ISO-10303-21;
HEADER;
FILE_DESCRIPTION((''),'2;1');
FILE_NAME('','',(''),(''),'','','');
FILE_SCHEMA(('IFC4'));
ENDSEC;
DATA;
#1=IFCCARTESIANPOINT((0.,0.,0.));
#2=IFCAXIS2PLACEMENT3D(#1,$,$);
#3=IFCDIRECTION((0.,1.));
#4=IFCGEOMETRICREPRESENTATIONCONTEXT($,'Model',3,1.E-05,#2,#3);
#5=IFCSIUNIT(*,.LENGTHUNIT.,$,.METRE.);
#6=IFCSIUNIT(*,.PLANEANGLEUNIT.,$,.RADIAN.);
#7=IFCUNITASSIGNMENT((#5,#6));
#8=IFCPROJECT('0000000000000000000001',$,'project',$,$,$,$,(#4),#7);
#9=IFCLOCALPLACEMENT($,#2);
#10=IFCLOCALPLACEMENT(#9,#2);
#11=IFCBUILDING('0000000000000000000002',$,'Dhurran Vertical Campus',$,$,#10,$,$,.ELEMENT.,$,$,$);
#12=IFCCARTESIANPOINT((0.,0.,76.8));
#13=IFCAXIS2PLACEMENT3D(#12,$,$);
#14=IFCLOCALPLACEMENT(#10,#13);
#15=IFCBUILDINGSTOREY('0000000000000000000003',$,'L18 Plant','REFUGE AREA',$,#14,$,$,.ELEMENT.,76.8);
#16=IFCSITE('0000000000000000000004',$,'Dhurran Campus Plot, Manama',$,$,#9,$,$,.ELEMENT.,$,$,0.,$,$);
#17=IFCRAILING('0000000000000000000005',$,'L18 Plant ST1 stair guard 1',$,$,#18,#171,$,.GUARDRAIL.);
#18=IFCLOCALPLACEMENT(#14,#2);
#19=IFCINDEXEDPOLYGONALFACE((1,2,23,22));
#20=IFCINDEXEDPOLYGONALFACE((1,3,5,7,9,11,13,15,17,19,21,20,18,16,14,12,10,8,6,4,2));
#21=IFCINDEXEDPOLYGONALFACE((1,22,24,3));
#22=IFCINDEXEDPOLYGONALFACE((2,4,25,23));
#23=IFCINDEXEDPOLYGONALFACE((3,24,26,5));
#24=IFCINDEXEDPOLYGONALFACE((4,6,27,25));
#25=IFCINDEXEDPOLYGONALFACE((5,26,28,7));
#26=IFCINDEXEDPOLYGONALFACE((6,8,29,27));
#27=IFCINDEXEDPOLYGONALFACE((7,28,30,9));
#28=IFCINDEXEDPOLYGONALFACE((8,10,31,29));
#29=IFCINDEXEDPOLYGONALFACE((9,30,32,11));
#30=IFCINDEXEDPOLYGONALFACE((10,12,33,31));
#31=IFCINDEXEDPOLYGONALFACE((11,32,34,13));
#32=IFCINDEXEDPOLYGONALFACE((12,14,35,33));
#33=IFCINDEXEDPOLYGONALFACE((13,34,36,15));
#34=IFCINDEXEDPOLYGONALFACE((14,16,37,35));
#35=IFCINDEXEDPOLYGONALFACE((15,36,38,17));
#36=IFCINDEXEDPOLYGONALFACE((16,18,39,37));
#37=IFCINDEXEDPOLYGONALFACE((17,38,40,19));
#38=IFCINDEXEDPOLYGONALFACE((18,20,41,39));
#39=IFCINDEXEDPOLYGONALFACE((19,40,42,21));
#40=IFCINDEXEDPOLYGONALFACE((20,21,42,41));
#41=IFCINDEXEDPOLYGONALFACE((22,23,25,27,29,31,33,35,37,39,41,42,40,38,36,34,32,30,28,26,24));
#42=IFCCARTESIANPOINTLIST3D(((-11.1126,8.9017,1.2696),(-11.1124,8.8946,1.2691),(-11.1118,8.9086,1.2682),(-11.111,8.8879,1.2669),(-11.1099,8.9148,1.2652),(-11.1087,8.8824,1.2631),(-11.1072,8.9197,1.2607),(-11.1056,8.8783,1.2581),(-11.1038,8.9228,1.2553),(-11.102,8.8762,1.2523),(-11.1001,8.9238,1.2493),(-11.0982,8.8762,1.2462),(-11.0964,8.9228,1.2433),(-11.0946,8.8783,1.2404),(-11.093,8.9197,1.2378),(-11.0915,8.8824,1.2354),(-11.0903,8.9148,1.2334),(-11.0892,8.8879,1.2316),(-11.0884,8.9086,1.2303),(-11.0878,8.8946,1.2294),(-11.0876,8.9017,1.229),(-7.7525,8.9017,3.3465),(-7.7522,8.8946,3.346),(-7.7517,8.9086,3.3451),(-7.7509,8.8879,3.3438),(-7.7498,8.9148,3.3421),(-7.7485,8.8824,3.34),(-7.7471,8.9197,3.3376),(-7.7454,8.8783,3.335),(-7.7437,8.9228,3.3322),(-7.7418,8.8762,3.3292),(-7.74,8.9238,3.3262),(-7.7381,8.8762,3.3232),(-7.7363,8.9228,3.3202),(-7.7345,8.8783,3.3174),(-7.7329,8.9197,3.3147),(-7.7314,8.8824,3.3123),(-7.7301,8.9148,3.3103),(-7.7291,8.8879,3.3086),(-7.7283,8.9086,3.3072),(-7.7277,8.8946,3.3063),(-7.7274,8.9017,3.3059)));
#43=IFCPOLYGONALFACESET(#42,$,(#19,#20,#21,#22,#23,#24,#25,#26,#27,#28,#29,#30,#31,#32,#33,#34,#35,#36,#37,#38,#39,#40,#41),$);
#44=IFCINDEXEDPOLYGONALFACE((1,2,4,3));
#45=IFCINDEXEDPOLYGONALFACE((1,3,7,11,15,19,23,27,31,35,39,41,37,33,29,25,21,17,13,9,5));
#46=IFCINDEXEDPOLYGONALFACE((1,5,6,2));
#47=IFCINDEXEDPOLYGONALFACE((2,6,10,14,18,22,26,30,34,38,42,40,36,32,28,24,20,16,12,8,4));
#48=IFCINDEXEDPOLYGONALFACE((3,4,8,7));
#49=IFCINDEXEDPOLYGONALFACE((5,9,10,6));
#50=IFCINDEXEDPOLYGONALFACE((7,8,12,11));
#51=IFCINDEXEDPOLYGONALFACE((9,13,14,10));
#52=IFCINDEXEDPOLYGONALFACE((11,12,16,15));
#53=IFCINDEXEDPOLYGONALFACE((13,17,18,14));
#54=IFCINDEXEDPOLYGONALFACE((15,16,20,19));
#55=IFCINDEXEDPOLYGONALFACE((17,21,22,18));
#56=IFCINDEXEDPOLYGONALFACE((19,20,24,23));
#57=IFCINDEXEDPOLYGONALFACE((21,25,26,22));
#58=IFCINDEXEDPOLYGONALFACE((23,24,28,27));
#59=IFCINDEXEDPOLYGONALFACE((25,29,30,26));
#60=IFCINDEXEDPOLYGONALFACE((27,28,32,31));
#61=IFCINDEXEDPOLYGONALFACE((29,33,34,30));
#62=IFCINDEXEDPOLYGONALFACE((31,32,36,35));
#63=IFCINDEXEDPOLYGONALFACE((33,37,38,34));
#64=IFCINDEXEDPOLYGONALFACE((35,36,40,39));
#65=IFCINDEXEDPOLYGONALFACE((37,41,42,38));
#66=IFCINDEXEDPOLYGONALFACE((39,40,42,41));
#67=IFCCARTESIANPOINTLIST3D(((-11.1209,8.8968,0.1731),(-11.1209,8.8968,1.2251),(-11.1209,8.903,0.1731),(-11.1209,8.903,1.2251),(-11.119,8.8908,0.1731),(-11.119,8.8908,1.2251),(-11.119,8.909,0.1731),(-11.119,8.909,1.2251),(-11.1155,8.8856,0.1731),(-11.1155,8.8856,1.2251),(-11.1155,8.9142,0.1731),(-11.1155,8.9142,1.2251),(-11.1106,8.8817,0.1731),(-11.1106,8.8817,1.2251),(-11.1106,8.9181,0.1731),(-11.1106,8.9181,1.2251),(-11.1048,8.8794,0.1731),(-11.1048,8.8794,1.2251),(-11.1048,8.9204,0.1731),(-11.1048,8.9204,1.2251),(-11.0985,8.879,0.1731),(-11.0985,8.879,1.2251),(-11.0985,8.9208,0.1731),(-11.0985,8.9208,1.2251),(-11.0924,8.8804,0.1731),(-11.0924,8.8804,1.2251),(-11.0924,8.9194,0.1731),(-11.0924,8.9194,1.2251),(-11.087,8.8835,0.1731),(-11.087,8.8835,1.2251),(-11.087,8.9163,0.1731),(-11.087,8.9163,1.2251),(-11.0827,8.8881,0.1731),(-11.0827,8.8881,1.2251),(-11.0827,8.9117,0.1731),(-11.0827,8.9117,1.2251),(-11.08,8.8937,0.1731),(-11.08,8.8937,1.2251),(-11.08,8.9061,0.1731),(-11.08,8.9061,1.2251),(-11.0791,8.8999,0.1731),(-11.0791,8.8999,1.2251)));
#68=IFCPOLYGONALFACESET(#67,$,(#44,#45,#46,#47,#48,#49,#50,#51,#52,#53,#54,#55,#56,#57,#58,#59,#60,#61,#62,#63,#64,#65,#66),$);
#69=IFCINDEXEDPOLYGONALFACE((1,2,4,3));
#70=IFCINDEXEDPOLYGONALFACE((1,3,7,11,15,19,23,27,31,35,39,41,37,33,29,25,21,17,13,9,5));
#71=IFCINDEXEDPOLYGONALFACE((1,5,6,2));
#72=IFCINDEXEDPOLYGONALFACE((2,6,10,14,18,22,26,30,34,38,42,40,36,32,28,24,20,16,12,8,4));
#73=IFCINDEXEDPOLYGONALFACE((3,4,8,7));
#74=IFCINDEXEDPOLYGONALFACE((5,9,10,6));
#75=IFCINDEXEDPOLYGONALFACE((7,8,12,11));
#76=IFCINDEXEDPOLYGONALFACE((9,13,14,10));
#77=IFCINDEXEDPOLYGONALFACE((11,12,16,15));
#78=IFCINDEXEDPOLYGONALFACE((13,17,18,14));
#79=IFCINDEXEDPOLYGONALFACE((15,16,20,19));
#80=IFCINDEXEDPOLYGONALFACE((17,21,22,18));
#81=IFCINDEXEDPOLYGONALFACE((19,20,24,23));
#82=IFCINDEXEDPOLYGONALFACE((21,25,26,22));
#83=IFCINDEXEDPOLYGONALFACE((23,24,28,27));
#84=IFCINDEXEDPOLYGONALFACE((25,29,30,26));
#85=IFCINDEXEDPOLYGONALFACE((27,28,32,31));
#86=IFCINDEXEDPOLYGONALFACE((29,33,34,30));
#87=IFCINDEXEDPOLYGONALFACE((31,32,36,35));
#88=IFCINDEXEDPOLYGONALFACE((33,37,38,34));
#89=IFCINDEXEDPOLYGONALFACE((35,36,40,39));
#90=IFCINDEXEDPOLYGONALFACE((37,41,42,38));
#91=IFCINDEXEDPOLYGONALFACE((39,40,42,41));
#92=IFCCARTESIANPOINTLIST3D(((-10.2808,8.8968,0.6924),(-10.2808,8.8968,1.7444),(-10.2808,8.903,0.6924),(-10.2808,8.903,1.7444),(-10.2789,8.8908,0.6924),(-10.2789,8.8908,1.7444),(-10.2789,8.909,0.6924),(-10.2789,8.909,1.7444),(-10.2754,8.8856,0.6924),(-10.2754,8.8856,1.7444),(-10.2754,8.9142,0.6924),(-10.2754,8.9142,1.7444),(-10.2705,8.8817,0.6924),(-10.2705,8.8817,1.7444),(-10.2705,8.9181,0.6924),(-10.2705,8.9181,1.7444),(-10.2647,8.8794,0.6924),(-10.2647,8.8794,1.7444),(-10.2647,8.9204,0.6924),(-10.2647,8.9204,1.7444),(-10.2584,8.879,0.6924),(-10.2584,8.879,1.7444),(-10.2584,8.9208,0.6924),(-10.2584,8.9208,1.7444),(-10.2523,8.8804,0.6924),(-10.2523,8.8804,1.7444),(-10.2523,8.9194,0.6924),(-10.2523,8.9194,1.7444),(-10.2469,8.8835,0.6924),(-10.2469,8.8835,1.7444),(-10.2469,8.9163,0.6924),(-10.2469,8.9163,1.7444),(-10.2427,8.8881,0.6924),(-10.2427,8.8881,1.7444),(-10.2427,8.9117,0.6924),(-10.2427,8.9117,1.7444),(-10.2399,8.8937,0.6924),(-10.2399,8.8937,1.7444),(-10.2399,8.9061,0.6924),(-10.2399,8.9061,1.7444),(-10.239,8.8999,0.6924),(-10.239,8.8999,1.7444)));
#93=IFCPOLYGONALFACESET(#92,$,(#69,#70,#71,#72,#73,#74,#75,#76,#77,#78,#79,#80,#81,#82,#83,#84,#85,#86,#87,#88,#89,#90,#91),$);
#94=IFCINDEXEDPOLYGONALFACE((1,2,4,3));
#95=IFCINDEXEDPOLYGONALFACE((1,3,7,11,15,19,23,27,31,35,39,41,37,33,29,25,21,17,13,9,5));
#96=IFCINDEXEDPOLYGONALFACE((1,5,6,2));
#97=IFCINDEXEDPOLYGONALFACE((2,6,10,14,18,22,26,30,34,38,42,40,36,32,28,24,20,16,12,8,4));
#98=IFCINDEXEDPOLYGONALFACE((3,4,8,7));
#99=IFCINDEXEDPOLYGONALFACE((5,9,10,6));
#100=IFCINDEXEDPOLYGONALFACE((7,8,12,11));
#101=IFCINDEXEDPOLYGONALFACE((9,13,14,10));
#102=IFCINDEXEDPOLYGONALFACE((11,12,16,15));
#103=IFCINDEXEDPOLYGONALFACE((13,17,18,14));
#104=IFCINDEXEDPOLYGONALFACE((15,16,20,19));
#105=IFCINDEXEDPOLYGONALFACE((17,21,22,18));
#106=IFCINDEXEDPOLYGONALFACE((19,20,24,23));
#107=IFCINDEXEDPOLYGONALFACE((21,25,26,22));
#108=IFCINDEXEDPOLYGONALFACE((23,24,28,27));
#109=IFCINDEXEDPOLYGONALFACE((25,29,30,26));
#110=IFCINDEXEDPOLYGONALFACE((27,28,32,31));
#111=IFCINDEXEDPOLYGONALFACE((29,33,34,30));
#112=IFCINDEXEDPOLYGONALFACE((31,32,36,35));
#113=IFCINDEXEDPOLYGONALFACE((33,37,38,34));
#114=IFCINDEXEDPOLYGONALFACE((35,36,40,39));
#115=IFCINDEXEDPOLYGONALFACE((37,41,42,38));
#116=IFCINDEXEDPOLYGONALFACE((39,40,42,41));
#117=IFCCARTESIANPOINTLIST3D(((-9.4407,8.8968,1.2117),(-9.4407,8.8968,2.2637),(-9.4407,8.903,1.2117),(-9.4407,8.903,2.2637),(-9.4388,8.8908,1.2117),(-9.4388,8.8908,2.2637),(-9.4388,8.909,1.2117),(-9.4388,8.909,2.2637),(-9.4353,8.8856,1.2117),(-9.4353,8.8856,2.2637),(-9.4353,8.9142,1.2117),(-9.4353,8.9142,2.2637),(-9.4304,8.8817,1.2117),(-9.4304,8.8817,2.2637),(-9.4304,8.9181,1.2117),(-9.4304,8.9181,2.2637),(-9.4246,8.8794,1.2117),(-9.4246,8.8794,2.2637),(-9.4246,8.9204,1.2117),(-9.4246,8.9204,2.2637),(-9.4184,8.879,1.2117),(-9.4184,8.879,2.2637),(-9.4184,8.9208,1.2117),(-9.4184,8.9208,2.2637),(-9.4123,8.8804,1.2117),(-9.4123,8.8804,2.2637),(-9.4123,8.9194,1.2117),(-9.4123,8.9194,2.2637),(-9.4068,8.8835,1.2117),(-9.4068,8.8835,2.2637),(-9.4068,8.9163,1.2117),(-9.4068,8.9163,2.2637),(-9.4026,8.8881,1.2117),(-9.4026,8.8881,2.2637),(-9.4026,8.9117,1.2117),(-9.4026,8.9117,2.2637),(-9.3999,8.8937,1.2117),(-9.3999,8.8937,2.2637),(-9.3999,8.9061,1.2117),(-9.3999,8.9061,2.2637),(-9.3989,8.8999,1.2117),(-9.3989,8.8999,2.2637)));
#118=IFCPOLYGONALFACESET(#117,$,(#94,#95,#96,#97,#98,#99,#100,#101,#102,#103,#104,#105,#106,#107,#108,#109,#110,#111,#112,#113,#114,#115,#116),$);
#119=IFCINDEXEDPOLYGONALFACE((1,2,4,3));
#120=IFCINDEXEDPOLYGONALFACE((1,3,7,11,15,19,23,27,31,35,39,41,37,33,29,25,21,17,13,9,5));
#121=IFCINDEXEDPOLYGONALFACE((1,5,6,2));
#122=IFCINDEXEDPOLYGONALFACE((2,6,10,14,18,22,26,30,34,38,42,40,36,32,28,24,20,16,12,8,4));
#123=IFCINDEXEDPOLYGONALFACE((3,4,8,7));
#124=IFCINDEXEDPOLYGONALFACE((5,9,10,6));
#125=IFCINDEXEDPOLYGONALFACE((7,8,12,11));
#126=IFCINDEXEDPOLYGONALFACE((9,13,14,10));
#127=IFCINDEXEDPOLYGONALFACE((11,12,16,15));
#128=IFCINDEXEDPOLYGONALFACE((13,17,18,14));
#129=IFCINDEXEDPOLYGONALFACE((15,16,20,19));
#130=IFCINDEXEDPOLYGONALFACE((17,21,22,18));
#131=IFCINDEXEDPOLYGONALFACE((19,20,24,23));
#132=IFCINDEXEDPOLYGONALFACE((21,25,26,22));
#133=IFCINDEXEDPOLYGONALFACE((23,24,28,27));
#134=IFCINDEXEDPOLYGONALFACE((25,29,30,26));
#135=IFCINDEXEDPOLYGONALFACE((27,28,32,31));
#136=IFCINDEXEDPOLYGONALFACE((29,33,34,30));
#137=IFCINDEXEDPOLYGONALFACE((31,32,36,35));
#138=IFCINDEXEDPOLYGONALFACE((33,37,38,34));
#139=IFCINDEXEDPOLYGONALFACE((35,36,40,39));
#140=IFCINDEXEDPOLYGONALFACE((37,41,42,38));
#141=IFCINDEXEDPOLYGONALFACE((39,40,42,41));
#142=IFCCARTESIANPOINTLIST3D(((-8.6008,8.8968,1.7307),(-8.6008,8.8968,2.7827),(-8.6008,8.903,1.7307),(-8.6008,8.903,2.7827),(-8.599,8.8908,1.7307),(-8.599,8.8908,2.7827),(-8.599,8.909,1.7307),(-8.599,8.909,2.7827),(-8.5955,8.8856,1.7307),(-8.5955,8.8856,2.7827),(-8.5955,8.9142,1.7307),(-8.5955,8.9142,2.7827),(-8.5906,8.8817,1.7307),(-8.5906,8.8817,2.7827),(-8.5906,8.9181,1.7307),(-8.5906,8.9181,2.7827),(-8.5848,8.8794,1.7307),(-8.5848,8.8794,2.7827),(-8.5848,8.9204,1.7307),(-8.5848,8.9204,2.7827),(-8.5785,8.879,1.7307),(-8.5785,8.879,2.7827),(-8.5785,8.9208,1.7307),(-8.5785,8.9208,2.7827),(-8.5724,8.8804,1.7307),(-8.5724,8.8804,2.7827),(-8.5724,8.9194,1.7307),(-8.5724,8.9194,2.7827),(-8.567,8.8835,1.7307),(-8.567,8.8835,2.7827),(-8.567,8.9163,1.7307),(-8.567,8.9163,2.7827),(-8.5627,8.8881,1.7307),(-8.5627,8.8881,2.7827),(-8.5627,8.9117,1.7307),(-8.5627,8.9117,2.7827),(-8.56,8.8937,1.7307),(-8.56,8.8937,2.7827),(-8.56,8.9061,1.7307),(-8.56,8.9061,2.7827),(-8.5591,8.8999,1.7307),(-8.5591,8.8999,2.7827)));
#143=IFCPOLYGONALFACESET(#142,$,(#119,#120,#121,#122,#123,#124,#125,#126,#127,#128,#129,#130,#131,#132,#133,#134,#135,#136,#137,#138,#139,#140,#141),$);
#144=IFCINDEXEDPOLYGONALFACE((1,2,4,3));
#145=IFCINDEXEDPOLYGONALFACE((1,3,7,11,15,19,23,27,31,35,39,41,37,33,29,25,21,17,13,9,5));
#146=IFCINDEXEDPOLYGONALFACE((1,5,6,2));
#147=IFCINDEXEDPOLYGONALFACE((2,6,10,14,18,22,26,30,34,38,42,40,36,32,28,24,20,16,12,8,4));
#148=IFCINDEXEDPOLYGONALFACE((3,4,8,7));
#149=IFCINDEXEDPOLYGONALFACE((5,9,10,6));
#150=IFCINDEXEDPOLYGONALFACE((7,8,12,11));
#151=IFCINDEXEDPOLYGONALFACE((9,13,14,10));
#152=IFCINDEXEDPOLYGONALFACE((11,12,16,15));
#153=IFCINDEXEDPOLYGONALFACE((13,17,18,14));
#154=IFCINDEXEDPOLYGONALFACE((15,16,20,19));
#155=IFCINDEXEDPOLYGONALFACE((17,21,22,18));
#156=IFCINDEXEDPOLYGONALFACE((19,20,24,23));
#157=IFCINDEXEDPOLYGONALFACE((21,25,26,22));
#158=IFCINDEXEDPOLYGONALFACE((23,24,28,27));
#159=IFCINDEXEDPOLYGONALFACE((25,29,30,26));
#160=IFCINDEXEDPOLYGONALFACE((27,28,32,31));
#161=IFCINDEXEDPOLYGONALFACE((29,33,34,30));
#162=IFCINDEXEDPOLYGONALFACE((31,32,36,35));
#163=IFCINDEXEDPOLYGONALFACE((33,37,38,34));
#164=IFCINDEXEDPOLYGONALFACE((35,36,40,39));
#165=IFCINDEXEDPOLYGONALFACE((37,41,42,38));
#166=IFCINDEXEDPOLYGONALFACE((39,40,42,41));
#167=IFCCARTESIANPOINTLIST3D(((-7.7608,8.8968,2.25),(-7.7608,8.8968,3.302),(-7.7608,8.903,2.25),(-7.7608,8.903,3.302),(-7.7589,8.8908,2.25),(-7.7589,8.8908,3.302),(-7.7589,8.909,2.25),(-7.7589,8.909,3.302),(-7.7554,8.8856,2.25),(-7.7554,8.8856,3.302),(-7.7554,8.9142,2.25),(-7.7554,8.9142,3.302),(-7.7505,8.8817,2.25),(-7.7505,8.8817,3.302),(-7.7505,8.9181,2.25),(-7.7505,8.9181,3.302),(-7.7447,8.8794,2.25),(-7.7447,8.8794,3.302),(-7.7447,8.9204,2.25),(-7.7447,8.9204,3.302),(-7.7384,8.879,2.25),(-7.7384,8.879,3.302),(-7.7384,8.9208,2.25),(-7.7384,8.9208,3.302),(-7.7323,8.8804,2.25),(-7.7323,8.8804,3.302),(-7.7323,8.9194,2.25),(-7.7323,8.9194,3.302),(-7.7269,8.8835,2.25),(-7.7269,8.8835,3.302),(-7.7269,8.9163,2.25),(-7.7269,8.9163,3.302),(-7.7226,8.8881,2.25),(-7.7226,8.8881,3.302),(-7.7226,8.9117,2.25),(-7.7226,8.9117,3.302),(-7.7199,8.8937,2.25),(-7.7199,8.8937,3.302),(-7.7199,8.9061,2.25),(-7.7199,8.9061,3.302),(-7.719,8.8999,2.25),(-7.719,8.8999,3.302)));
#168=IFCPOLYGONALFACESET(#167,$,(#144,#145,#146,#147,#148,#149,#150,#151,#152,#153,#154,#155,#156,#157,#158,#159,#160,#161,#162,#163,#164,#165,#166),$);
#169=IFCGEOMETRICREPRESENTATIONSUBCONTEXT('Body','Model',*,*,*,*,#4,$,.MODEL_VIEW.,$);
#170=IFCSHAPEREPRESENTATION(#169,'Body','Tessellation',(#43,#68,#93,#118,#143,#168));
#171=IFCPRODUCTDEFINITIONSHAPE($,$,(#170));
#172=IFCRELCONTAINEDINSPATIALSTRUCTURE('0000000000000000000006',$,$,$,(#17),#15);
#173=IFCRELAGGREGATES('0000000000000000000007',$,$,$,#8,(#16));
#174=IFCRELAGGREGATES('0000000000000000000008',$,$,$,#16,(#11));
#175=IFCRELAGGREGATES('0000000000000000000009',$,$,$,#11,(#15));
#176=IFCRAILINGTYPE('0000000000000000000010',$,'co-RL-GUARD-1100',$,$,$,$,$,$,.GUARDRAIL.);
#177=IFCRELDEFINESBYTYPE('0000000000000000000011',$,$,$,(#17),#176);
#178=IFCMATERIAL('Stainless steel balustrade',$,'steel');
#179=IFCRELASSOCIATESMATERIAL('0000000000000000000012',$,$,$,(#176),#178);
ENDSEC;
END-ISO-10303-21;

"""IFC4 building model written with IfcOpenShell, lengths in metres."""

from ifc_helpers import new_model, si_unit, direction, frame, origin, origin_2d, place, context, subcontext, project, spatial, circle, extrude, material, type_object, element, save


model = new_model("IFC4")

# Units and contexts
model_context = context("Model", 3, precision=1e-05, world=origin(), true_north=direction((0.0, 1.0)))
body_context = subcontext(model_context, "Body", "Model", "MODEL_VIEW")
ifc_project = project(units=[si_unit("LENGTHUNIT", "METRE"), si_unit("PLANEANGLEUNIT", "RADIAN")], contexts=[model_context])

# Site, building, storey
site_placement = place(None, origin())
site = spatial("IfcSite", under=ifc_project, at=site_placement, Name="Dhurran Campus Plot, Manama", CompositionType="ELEMENT", RefElevation=0.0)
building_placement = place(site_placement, origin())
building = spatial("IfcBuilding", under=site, at=building_placement, Name="Dhurran Vertical Campus", CompositionType="ELEMENT")
storey_placement = place(building_placement, frame((0.0, 0.0, 76.8)))
storey = spatial("IfcBuildingStorey", under=building, at=storey_placement, Name="L18 Plant", Description="REFUGE AREA", CompositionType="ELEMENT", Elevation=76.8)

# Railing
ifc_material_1 = material(Name="Stainless steel balustrade", Category="steel")
railing_type_1 = type_object("IfcRailingType", Name="co-RL-GUARD-1100", PredefinedType="GUARDRAIL", material=ifc_material_1)
railing_1_placement = place(storey_placement, frame((-11.1001, 8.8999, 0.1731)))
element("IfcRailing", 1, at=railing_1_placement, inside=storey, type_object=railing_type_1, Name="L18 Plant ST1 stair guard 1", PredefinedType="GUARDRAIL", context=body_context, shape_type="SweptSolid", body=[
    extrude(circle(Radius=0.0239, at=origin_2d()), frame((0.0, 0.0, 1.0762), z_axis=(0.850623, 0.0, 0.525776), x_axis=(0.0, 1.0, 0.0)), (0.0, 0.0, 1.0), 3.9502),
    extrude(circle(Radius=0.021, at=origin_2d()), origin(), (0.0, 0.0, 1.0), 1.052),
    extrude(circle(Radius=0.021, at=origin_2d()), frame((0.8401, 0.0, 0.5193)), (0.0, 0.0, 1.0), 1.052),
    extrude(circle(Radius=0.021, at=origin_2d()), frame((1.6802, 0.0, 1.0386)), (0.0, 0.0, 1.0), 1.052),
    extrude(circle(Radius=0.021, at=origin_2d()), frame((2.52, 0.0, 1.5576)), (0.0, 0.0, 1.0), 1.052),
    extrude(circle(Radius=0.021, at=origin_2d()), frame((3.3601, 0.0, 2.0769)), (0.0, 0.0, 1.0), 1.052),
])

save(model, "model.ifc")
